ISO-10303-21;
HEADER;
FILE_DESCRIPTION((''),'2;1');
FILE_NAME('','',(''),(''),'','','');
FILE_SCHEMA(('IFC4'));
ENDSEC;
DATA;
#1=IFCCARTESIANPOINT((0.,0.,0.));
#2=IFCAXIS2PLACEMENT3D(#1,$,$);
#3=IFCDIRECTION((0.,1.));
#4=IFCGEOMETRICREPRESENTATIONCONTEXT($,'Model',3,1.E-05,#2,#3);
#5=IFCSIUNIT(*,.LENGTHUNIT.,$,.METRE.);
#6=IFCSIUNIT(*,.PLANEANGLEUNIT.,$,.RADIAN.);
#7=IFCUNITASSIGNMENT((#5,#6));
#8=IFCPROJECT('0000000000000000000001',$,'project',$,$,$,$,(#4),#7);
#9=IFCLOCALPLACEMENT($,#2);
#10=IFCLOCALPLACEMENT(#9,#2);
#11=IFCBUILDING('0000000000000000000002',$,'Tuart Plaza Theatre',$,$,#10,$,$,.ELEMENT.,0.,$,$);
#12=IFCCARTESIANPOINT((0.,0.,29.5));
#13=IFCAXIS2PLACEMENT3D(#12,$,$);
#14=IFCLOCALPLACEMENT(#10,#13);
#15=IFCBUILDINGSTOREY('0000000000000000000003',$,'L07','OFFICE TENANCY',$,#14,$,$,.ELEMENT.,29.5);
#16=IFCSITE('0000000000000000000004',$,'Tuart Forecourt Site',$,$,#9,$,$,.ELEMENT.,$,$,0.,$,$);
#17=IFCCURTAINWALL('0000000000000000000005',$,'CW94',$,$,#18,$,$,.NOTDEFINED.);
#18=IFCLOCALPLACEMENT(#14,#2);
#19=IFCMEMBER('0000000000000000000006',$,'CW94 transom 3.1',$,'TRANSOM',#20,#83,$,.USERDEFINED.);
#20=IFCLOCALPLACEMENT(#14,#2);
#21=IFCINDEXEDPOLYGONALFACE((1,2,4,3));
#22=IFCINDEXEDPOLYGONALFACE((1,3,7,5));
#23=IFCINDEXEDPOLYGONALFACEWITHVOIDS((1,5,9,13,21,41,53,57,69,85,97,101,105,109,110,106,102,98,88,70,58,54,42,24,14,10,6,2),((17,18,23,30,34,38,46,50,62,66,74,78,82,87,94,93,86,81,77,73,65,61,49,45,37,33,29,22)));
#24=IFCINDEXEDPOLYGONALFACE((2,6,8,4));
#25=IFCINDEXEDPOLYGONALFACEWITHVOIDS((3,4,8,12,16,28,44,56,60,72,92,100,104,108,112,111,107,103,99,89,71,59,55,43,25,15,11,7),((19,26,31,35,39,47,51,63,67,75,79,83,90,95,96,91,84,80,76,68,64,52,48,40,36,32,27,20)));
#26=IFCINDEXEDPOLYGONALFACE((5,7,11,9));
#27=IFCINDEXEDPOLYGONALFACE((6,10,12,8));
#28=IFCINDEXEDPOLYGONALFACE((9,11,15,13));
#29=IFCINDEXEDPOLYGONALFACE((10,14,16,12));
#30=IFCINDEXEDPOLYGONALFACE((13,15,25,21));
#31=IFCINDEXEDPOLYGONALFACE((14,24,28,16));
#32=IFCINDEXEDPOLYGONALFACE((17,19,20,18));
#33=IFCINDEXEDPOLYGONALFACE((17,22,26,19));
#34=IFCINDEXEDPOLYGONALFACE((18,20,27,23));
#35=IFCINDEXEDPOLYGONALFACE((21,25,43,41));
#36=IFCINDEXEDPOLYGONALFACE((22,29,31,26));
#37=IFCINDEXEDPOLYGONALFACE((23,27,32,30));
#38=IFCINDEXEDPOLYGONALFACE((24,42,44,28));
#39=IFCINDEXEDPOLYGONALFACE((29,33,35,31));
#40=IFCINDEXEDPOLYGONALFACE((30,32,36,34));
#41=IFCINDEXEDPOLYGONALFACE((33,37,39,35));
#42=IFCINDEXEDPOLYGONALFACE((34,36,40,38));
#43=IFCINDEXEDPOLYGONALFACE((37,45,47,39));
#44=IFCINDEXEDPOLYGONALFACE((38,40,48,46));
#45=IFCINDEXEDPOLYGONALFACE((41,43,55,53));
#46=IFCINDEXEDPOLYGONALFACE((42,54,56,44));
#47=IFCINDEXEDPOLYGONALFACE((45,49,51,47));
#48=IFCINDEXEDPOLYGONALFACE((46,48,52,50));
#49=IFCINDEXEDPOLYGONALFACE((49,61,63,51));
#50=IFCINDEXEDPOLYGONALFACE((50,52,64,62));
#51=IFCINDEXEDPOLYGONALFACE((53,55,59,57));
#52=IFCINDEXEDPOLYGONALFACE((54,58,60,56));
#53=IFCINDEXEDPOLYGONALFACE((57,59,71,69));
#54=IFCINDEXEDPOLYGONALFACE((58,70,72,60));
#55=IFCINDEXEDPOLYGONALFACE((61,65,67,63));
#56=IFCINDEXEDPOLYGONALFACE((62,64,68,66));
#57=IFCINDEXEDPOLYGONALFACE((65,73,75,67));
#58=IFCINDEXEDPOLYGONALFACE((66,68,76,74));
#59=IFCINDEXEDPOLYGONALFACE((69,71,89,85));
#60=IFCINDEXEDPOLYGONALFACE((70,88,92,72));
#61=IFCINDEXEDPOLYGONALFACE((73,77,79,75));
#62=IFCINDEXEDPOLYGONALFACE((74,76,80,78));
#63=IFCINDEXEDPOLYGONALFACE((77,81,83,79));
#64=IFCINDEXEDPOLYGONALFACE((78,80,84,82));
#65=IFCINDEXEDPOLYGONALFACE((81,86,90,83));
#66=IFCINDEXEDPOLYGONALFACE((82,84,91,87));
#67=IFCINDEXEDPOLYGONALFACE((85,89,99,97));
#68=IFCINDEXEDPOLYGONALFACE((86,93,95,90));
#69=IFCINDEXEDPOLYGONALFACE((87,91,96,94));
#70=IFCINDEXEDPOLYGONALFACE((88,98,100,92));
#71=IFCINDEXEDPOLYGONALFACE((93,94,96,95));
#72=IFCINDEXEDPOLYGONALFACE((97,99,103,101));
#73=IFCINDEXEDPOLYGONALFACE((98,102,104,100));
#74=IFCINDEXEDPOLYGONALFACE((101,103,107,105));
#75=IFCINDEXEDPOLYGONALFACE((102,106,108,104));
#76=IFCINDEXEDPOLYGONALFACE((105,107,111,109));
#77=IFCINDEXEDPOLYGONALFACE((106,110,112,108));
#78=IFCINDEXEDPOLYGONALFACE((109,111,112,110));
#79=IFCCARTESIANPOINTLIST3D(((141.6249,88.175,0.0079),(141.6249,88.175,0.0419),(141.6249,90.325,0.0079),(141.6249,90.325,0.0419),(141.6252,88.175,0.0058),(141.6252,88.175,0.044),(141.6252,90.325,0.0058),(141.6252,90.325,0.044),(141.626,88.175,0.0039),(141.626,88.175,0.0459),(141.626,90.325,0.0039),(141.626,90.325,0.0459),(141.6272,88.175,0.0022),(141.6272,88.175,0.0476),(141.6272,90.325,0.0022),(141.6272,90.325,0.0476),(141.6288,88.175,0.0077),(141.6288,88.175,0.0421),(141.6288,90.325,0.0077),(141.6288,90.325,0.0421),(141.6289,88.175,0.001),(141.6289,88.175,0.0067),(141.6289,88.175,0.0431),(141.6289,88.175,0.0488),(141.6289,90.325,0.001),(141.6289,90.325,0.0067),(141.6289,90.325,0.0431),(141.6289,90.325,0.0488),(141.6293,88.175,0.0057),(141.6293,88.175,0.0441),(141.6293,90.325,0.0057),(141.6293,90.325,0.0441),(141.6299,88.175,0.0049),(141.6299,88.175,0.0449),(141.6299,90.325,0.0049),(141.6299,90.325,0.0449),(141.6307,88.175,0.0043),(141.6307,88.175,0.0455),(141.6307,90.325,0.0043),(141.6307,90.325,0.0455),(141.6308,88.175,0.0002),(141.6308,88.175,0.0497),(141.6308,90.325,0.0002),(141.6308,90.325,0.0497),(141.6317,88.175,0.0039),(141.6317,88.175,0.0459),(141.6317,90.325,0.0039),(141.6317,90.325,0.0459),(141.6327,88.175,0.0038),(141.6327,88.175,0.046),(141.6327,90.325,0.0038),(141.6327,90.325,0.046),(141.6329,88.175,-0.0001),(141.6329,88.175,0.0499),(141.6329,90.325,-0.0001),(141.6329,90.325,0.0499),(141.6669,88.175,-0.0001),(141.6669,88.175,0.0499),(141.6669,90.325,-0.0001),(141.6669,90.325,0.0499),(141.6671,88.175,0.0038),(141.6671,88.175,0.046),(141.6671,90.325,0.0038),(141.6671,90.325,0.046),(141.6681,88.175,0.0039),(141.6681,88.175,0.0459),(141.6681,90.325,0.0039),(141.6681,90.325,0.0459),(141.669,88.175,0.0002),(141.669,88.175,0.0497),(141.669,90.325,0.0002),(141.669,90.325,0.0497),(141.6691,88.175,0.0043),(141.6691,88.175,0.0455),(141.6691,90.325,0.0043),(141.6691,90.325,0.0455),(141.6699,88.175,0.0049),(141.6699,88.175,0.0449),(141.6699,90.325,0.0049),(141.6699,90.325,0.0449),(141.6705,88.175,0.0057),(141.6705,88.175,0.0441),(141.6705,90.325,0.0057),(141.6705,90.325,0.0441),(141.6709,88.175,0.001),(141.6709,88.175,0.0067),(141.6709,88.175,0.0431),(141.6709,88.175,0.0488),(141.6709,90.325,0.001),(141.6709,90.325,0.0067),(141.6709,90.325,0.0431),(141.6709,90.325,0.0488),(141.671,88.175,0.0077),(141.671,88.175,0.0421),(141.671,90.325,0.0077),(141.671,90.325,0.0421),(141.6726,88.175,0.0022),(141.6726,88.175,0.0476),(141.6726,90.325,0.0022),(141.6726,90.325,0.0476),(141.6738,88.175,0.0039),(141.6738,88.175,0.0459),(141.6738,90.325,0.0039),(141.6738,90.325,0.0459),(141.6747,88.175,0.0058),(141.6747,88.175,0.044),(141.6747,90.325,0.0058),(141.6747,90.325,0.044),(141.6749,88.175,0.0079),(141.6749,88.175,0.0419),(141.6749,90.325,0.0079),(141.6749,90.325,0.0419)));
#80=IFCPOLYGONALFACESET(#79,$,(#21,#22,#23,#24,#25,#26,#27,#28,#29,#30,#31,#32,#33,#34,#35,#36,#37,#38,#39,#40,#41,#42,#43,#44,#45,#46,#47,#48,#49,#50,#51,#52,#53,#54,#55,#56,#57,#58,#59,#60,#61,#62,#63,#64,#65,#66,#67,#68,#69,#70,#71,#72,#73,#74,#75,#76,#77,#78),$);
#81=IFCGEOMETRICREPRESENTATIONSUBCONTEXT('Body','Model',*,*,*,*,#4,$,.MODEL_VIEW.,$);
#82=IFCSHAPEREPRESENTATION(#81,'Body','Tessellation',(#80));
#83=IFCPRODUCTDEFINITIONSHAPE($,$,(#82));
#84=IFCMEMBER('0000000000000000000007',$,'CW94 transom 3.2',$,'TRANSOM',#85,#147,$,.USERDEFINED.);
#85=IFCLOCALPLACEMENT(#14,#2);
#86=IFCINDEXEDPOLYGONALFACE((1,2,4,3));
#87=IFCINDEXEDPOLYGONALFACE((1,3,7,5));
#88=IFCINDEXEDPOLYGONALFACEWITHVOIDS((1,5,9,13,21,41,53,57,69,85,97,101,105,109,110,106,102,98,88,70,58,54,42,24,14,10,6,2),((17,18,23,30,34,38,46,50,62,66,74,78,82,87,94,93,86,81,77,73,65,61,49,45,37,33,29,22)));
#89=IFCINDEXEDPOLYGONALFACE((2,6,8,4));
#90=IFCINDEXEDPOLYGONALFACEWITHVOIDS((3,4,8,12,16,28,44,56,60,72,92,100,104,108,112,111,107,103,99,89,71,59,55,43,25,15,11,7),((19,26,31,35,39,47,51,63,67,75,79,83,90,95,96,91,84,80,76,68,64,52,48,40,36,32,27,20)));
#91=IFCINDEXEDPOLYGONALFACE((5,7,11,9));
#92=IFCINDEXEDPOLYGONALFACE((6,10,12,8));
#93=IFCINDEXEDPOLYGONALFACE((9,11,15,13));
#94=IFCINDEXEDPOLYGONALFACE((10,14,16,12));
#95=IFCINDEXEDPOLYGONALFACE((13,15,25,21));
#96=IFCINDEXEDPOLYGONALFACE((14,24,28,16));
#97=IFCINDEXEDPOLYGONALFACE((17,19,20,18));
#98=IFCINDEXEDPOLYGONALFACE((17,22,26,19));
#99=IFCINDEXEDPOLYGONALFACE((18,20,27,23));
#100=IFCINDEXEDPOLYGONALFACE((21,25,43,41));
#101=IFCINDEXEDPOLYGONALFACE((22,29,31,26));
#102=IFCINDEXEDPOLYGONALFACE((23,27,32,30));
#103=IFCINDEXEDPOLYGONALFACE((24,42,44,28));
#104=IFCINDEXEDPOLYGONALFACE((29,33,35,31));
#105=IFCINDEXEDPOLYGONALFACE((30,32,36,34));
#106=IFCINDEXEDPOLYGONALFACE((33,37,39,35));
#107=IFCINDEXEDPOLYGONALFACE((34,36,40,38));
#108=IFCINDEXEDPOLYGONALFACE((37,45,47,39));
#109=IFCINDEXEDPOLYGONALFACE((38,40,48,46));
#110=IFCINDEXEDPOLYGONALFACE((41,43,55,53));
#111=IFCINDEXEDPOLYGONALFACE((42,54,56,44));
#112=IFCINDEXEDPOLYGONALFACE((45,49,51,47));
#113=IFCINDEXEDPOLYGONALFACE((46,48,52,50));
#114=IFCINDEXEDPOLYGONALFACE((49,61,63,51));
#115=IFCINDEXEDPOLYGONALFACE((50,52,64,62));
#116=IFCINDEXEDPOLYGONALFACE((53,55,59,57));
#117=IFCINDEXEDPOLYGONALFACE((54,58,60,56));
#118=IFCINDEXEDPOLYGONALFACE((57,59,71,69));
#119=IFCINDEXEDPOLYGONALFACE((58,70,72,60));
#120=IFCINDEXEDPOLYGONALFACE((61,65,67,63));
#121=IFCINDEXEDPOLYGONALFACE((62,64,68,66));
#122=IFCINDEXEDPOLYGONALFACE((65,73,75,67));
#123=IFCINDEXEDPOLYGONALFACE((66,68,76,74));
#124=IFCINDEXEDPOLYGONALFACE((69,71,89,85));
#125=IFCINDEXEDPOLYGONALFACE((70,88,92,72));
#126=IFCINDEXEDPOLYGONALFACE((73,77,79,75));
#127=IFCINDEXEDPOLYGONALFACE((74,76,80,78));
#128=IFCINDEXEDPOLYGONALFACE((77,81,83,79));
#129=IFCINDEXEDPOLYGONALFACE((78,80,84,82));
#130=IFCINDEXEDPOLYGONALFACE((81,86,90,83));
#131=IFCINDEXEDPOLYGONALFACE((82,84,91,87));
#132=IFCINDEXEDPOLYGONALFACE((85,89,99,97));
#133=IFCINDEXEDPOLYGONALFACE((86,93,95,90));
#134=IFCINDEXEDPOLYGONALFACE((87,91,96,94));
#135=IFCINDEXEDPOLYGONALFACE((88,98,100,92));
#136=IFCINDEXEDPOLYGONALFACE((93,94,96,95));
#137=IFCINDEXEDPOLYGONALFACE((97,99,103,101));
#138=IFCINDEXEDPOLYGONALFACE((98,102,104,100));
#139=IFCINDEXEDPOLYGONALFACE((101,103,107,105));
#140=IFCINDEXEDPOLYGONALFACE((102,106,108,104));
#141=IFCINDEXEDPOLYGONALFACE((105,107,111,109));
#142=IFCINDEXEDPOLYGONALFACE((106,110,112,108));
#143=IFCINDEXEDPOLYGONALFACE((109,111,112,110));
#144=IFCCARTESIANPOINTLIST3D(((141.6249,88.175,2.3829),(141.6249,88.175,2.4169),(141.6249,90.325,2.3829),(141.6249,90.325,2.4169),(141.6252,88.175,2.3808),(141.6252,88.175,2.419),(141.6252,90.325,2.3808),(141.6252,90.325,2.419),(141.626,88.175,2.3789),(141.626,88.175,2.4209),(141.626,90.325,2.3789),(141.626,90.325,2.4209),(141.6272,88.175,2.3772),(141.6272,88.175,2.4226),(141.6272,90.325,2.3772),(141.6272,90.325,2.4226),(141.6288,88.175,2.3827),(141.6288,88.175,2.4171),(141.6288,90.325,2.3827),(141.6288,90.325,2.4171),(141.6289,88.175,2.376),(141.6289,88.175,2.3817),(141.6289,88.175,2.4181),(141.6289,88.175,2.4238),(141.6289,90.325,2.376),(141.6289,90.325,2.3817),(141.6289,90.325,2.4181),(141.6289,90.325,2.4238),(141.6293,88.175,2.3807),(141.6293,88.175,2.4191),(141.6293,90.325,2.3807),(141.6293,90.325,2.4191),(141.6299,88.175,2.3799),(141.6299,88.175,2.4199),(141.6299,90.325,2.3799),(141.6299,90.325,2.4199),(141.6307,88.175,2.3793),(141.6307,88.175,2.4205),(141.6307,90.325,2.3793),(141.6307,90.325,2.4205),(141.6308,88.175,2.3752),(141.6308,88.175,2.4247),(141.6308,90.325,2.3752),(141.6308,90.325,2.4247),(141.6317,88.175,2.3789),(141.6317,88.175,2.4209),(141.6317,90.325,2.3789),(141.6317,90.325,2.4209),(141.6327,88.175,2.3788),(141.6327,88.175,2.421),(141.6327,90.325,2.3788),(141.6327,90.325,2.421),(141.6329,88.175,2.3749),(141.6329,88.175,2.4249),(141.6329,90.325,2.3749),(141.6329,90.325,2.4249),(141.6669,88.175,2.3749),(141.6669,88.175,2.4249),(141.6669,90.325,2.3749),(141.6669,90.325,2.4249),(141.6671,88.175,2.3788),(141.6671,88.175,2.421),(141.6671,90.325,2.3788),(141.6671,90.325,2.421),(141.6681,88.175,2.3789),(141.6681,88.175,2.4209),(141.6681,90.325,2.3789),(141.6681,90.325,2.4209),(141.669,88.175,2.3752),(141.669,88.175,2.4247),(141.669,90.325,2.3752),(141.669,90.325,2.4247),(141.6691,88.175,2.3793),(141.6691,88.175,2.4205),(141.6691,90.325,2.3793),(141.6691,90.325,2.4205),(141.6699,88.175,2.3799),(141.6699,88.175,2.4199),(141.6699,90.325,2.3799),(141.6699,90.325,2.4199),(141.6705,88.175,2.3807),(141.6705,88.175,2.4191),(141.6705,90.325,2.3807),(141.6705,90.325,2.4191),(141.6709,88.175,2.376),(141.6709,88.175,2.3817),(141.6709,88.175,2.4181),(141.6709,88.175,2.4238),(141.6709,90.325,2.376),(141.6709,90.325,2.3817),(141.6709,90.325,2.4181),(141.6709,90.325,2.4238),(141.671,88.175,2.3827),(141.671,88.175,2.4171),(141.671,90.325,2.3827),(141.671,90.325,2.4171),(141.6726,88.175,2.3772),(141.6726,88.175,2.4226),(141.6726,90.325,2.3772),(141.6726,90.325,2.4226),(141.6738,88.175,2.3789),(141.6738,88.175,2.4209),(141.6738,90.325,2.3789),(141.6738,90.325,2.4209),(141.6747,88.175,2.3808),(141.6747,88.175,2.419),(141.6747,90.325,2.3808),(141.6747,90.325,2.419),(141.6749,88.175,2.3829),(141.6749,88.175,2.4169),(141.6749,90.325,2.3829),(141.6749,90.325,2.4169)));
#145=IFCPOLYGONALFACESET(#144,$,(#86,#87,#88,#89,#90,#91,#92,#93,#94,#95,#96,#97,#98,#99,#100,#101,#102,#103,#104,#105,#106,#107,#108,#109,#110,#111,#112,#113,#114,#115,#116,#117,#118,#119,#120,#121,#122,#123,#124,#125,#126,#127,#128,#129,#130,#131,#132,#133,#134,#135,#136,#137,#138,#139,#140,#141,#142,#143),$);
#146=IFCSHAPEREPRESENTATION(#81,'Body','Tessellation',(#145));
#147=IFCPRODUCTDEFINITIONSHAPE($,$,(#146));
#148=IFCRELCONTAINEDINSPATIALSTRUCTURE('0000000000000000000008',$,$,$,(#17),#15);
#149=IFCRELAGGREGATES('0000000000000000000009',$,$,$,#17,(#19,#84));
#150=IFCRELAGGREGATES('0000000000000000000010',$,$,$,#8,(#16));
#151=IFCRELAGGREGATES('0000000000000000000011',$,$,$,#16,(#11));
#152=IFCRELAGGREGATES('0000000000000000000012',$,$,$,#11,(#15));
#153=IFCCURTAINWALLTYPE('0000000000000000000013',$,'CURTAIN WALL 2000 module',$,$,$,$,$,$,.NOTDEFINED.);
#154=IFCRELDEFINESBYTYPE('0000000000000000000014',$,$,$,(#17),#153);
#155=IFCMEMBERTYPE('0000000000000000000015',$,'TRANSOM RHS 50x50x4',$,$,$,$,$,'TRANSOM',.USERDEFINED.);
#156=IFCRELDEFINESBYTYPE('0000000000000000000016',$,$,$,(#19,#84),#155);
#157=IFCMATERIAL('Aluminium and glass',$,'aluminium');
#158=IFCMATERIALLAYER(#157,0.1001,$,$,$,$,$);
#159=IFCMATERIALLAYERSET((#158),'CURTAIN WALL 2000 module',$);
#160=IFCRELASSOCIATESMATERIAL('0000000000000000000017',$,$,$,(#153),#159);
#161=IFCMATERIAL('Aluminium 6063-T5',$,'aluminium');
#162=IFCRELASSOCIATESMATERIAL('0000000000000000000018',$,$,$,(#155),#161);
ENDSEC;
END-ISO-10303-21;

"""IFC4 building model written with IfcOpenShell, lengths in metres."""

from ifc_helpers import new_model, si_unit, direction, frame, origin, origin_2d, place, context, subcontext, project, spatial, hollow_rectangle, extrude, material, layer, layer_set, material_profile, profile_set, type_object, element, aggregate, save


model = new_model("IFC4")

# Units and contexts
model_context = context("Model", 3, precision=1e-05, world=origin(), true_north=direction((0.0, 1.0)))
body_context = subcontext(model_context, "Body", "Model", "MODEL_VIEW")
ifc_project = project(units=[si_unit("LENGTHUNIT", "METRE"), si_unit("PLANEANGLEUNIT", "RADIAN")], contexts=[model_context])

# Site, building, storey
site_placement = place(None, origin())
site = spatial("IfcSite", under=ifc_project, at=site_placement, Name="Tuart Forecourt Site", CompositionType="ELEMENT", RefElevation=0.0)
building_placement = place(site_placement, origin())
building = spatial("IfcBuilding", under=site, at=building_placement, Name="Tuart Plaza Theatre", CompositionType="ELEMENT", ElevationOfRefHeight=0.0)
storey_placement = place(building_placement, frame((0.0, 0.0, 29.5)))
storey = spatial("IfcBuildingStorey", under=building, at=storey_placement, Name="L07", Description="OFFICE TENANCY", CompositionType="ELEMENT", Elevation=29.5)

# Curtain wall, members
ifc_material_1 = material(Name="Aluminium and glass", Category="aluminium")
ifc_layer_1 = layer(ifc_material_1, 0.1001)
ifc_layer_set_1 = layer_set([ifc_layer_1], Name="CURTAIN WALL 2000 module")
curtain_wall_type = type_object("IfcCurtainWallType", Name="CURTAIN WALL 2000 module", PredefinedType="NOTDEFINED", material=ifc_layer_set_1)
curtain_wall_1_placement = place(storey_placement, origin())
curtain_wall_1 = element("IfcCurtainWall", 1, at=curtain_wall_1_placement, inside=storey, type_object=curtain_wall_type, Name="CW94", PredefinedType="NOTDEFINED")
ifc_material_2 = material(Name="Aluminium 6063-T5", Category="aluminium")
ifc_material_profile_1 = material_profile(ifc_material_2, hollow_rectangle(XDim=0.05, YDim=0.05, WallThickness=0.0039, InnerFilletRadius=0.0039, OuterFilletRadius=0.0081, at=origin_2d()), Name="RHS 50x50x4")
ifc_profile_set_1 = profile_set([ifc_material_profile_1], Name="Aluminium 6063-T5")
member_type_1 = type_object("IfcMemberType", Name="TRANSOM RHS 50x50x4", ElementType="TRANSOM", PredefinedType="USERDEFINED", material=ifc_profile_set_1)
member_1_placement = place(storey_placement, frame((141.6499, 88.175, 0.0249), z_axis=(0.0, 1.0, 0.0), x_axis=(-1.0, 0.0, 0.0)))
member_1 = element("IfcMember", 2, at=member_1_placement, type_object=member_type_1, Name="CW94 transom 3.1", ObjectType="TRANSOM", PredefinedType="USERDEFINED", context=body_context, shape_type="SweptSolid", body=[
    extrude(hollow_rectangle(XDim=0.05, YDim=0.05, WallThickness=0.0039, InnerFilletRadius=0.0039, OuterFilletRadius=0.0081, at=origin_2d()), origin(), (0.0, 0.0, 1.0), 2.1499),
])
member_2_placement = place(storey_placement, frame((141.6499, 88.175, 2.3999), z_axis=(0.0, 1.0, 0.0), x_axis=(-1.0, 0.0, 0.0)))
member_2 = element("IfcMember", 3, at=member_2_placement, type_object=member_type_1, Name="CW94 transom 3.2", ObjectType="TRANSOM", PredefinedType="USERDEFINED", context=body_context, shape_type="SweptSolid", body=[
    extrude(hollow_rectangle(XDim=0.05, YDim=0.05, WallThickness=0.0039, InnerFilletRadius=0.0039, OuterFilletRadius=0.0081, at=origin_2d()), origin(), (0.0, 0.0, 1.0), 2.1499),
])
aggregate(curtain_wall_1, [member_1, member_2])

save(model, "model.ifc")
